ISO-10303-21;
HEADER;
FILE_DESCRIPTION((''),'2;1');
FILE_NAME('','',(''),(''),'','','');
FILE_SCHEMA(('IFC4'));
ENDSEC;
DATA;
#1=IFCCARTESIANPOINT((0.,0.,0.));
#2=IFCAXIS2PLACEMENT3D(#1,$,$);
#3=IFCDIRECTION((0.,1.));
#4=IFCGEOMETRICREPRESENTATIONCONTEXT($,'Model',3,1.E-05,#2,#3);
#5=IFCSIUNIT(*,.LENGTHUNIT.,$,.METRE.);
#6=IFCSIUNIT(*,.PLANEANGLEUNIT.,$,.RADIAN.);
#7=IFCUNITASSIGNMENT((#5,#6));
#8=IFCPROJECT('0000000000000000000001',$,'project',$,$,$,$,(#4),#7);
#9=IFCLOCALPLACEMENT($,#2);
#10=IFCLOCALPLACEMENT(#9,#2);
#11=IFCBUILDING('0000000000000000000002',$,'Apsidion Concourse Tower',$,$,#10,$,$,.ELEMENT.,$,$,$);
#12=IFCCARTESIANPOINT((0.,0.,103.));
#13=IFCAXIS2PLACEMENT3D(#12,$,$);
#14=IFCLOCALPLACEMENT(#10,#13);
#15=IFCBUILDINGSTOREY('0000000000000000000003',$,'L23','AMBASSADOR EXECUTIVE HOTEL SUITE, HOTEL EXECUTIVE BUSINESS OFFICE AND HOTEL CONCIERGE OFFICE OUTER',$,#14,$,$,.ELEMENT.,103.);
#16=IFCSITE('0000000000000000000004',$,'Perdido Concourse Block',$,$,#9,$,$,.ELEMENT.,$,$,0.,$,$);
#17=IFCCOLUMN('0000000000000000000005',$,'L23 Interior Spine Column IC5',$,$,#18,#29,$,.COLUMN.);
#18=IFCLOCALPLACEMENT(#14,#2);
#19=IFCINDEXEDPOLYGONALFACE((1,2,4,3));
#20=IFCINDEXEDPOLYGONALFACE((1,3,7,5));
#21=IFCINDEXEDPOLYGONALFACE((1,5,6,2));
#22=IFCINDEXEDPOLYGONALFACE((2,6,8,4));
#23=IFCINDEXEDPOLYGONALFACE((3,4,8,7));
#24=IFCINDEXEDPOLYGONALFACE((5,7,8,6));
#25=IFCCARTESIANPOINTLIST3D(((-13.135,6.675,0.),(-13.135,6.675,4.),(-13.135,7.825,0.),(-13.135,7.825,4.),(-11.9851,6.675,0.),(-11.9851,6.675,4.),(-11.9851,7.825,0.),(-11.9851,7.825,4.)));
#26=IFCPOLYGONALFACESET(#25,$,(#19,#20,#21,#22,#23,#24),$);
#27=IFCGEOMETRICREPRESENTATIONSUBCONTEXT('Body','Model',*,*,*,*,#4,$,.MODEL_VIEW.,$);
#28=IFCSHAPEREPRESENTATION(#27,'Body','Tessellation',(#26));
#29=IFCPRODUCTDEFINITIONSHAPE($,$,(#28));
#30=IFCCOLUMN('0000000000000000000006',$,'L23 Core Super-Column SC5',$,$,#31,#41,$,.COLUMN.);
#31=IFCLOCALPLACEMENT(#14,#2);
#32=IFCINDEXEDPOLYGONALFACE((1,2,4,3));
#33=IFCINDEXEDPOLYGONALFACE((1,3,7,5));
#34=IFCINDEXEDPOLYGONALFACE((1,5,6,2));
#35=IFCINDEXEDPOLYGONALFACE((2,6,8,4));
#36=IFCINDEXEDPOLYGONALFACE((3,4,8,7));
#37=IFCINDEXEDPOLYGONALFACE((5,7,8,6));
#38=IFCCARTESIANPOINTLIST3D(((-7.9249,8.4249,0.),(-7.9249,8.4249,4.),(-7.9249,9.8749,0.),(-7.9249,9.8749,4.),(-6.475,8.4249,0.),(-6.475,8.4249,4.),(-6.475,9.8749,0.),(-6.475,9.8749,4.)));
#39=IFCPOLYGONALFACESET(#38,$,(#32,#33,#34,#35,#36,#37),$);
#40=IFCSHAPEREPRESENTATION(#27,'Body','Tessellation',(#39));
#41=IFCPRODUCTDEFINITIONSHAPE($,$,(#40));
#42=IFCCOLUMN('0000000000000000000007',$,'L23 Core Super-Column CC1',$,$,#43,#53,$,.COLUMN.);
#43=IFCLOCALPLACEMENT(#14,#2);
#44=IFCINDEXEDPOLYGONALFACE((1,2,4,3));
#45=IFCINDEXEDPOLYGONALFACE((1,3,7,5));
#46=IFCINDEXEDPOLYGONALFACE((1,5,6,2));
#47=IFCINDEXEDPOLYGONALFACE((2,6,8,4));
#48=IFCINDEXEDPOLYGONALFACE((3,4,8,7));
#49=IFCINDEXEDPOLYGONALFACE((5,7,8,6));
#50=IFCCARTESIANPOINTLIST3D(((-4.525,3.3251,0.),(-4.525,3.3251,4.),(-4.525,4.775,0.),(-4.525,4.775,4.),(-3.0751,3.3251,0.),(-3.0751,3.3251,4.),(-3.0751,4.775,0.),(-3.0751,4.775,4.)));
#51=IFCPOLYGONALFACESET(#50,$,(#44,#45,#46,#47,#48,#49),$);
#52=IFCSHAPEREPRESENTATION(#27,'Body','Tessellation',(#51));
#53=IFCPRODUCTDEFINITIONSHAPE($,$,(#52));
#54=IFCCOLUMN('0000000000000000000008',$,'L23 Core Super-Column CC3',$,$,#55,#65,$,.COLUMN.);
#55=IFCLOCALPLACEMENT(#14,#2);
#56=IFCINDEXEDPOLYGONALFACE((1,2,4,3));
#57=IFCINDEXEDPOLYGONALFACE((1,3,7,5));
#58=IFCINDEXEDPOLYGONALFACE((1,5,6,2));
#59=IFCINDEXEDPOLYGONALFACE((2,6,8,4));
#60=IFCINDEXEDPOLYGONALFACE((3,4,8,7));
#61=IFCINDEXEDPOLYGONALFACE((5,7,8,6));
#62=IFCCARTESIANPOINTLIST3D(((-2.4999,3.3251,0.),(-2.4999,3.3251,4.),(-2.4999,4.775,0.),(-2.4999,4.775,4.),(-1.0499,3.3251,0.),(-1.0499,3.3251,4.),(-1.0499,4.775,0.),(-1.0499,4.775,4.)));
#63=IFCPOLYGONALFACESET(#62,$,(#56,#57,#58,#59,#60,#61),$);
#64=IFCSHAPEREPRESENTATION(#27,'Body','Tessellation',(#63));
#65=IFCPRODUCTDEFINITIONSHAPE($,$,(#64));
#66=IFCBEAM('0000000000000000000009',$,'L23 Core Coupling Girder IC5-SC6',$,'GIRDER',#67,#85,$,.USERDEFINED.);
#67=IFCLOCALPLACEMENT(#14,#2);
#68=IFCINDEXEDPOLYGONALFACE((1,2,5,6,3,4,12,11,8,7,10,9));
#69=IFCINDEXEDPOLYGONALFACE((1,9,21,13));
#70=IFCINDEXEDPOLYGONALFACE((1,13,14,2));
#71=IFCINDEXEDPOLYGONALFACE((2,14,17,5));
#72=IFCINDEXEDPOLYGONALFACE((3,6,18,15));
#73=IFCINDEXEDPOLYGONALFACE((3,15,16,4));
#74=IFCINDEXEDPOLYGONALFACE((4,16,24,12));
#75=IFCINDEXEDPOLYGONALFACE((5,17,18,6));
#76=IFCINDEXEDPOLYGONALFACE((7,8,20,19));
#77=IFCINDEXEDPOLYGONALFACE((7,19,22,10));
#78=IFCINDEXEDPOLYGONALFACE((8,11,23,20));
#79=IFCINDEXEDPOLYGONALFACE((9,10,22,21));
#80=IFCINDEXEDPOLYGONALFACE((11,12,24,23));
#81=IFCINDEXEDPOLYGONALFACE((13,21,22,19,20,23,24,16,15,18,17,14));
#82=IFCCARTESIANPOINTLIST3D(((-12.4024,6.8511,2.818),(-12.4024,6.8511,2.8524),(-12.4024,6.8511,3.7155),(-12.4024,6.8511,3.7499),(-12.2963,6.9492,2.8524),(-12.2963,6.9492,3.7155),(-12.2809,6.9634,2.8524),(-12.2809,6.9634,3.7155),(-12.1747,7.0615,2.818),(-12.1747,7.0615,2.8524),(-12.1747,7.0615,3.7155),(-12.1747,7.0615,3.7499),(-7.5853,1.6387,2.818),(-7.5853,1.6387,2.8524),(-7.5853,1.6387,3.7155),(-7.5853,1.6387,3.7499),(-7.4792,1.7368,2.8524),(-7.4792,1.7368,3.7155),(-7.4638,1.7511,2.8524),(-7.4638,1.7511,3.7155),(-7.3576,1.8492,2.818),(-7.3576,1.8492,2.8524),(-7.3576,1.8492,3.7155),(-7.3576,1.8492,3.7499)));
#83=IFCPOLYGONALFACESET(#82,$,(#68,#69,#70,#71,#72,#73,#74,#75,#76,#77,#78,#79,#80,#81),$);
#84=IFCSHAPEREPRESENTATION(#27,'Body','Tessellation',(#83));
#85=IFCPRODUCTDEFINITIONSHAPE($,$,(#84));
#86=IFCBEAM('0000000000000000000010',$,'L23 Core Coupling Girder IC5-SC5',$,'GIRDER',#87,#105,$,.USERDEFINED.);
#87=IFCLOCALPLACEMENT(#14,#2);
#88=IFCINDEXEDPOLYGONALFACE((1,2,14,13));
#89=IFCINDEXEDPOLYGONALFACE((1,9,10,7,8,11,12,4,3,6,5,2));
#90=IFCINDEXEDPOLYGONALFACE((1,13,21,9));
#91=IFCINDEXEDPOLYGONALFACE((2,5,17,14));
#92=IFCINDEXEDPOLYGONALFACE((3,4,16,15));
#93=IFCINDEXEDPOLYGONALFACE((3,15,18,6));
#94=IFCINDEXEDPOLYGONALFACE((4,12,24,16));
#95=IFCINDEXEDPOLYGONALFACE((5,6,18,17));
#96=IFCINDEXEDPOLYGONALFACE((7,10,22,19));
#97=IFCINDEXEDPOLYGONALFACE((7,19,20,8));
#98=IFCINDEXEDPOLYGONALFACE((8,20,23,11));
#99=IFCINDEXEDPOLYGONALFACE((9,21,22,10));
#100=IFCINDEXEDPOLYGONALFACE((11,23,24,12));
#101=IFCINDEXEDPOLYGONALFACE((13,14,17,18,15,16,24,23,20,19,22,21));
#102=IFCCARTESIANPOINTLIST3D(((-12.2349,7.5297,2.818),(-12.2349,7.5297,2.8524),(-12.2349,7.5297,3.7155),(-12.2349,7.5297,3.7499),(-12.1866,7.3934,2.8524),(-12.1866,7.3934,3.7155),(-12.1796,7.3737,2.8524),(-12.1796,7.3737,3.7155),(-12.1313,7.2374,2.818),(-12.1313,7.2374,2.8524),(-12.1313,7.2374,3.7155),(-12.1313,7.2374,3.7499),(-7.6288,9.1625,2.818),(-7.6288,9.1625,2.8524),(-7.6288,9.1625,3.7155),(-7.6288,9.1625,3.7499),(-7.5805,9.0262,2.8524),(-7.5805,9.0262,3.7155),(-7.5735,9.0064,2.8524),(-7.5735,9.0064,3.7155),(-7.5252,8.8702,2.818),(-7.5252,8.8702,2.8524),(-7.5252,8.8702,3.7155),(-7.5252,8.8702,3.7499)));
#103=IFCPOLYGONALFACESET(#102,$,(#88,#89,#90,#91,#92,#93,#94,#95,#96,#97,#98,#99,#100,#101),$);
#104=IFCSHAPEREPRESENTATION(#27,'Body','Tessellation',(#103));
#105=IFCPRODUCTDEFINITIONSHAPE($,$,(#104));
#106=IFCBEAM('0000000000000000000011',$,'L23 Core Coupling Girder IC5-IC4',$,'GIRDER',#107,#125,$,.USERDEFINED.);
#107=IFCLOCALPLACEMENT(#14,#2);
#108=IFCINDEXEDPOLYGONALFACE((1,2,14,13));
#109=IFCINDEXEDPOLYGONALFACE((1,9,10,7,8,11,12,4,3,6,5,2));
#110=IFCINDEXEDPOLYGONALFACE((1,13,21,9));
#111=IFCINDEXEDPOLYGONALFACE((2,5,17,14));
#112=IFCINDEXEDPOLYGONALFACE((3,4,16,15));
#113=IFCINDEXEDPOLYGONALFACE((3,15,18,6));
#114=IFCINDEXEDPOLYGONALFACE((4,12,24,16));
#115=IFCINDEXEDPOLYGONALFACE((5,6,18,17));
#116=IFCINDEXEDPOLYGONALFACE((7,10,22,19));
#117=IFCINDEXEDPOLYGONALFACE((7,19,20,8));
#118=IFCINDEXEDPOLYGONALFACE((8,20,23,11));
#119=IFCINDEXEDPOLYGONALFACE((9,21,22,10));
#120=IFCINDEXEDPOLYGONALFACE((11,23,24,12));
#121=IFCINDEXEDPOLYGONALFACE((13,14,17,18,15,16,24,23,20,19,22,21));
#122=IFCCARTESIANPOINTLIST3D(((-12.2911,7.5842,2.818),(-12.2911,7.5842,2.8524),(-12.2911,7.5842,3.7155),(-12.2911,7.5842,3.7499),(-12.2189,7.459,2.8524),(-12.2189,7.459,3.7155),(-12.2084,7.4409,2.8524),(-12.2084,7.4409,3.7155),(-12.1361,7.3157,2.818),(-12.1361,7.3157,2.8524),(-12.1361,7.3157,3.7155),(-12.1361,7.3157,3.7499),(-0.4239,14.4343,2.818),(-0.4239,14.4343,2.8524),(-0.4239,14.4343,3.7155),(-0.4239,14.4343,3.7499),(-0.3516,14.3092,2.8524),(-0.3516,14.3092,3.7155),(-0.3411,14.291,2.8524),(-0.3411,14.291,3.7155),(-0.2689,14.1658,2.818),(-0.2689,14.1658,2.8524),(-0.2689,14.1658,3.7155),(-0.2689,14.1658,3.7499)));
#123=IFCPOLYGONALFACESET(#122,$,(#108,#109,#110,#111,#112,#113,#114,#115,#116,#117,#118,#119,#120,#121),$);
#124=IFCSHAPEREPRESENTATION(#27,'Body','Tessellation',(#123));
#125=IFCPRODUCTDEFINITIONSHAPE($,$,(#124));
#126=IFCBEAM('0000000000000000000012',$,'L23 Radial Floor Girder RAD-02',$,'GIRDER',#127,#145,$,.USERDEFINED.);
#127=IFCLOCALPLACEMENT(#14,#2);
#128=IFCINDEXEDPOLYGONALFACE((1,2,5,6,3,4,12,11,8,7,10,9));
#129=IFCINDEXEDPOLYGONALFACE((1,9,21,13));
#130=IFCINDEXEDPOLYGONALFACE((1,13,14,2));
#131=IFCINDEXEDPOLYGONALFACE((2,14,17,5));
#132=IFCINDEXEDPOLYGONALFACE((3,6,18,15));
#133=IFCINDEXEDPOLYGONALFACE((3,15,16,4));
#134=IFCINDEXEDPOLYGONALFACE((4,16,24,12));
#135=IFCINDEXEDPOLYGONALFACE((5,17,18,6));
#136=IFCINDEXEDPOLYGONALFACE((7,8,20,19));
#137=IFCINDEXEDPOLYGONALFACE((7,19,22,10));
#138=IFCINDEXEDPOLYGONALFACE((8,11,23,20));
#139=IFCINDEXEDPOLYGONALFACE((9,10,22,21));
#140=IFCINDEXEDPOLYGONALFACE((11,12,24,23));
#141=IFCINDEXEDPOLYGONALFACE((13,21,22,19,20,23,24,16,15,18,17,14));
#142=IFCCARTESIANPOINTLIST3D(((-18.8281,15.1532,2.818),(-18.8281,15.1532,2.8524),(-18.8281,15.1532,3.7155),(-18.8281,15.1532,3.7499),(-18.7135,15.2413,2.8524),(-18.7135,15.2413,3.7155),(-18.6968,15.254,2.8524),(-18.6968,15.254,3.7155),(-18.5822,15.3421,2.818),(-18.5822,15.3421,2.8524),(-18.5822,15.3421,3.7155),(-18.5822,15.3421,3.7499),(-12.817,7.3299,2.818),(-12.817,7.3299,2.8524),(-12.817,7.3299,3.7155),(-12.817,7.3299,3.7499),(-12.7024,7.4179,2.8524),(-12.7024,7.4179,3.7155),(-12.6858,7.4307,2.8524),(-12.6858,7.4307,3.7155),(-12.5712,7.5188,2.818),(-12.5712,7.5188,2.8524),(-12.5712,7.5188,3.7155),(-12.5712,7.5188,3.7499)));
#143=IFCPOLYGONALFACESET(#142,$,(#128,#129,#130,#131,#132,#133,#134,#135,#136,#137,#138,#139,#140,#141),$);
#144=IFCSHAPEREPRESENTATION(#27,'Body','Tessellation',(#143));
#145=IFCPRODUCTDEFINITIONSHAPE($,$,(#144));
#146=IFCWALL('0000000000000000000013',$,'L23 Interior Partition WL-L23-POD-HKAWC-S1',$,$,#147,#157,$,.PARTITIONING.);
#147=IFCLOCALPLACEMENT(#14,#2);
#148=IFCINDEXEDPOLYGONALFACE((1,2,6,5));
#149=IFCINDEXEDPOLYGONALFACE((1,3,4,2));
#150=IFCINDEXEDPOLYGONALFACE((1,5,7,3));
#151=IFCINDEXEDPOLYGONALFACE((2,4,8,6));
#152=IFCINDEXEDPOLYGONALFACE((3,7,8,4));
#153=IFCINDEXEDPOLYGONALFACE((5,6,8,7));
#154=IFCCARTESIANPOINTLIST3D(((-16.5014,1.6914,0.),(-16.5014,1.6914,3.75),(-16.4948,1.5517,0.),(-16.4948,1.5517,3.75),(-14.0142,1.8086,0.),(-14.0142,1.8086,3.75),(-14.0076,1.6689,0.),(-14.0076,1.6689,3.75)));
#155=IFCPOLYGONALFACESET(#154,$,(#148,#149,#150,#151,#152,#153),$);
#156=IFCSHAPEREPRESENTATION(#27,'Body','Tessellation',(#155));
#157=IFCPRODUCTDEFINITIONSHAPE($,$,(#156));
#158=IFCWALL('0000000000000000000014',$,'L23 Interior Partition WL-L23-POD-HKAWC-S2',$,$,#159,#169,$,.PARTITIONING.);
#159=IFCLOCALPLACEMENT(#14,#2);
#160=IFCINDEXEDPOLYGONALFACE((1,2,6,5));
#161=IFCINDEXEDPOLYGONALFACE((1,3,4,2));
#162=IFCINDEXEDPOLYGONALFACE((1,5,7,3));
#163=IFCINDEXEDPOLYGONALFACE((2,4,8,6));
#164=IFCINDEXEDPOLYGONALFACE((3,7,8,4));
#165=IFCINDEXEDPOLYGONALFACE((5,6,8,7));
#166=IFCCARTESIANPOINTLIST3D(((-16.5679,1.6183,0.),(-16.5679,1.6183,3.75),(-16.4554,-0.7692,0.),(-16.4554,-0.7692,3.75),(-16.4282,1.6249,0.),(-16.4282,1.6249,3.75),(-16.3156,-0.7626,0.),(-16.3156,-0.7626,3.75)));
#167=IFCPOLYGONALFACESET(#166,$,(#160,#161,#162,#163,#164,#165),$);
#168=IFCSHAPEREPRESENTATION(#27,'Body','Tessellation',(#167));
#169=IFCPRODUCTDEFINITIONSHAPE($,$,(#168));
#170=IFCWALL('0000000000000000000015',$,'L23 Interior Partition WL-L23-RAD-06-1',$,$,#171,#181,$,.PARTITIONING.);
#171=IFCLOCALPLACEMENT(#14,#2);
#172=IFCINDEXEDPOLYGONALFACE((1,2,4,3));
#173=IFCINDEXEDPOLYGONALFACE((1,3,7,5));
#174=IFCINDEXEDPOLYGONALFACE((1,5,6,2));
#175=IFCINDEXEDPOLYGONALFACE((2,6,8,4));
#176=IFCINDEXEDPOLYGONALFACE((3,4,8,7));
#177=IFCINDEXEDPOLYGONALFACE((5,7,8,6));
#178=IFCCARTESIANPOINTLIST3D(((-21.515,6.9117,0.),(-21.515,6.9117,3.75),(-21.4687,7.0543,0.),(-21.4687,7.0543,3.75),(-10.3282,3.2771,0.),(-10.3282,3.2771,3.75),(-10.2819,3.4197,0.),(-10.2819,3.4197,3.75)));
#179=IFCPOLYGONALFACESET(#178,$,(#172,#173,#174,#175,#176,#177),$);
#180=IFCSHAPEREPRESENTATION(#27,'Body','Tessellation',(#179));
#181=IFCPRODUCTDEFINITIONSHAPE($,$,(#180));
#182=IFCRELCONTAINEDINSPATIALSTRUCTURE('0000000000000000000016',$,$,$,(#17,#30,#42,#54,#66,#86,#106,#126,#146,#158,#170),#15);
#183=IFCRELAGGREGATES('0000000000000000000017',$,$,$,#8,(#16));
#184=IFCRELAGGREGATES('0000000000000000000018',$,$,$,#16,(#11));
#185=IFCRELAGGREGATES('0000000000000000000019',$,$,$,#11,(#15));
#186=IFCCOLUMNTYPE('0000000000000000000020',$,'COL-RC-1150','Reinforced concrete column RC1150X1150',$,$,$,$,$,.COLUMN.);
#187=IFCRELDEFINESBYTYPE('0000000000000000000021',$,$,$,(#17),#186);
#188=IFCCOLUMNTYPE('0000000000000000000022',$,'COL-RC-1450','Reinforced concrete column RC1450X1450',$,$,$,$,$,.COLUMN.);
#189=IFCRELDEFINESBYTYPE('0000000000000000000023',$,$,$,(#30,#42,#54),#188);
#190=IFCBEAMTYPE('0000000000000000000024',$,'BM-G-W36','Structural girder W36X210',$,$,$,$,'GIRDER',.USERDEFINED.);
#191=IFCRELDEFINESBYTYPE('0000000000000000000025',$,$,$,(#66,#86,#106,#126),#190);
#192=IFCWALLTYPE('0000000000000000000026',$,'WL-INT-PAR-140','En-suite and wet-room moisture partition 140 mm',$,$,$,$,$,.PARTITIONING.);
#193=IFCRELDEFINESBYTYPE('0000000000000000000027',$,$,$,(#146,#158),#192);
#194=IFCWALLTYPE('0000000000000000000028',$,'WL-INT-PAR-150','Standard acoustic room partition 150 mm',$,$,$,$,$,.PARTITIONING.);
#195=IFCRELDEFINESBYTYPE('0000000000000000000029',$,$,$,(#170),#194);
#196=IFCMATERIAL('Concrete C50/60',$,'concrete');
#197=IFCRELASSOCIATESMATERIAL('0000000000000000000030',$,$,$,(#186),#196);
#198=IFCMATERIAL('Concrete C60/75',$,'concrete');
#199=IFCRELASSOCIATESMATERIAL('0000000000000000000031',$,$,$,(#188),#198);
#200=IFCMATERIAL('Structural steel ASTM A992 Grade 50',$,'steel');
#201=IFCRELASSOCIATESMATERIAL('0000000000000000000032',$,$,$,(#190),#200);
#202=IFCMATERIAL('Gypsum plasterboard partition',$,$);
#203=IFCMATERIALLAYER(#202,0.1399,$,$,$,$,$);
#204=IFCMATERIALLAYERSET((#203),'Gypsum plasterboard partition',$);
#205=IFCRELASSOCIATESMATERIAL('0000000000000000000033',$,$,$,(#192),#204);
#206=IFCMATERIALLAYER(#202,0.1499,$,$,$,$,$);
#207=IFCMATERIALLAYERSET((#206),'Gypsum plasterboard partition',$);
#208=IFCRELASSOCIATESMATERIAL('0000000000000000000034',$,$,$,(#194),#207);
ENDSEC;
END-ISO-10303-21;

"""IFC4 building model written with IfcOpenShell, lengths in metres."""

from ifc_helpers import new_model, si_unit, direction, frame, frame_2d, origin, origin_2d, place, context, subcontext, project, spatial, rectangle, i_section, extrude, material, layer, layer_set, material_profile, profile_set, type_object, element, save


model = new_model("IFC4")

# Units and contexts
model_context = context("Model", 3, precision=1e-05, world=origin(), true_north=direction((0.0, 1.0)))
body_context = subcontext(model_context, "Body", "Model", "MODEL_VIEW")
ifc_project = project(units=[si_unit("LENGTHUNIT", "METRE"), si_unit("PLANEANGLEUNIT", "RADIAN")], contexts=[model_context])

# Site, building, storey
site_placement = place(None, origin())
site = spatial("IfcSite", under=ifc_project, at=site_placement, Name="Perdido Concourse Block", CompositionType="ELEMENT", RefElevation=0.0)
building_placement = place(site_placement, origin())
building = spatial("IfcBuilding", under=site, at=building_placement, Name="Apsidion Concourse Tower", CompositionType="ELEMENT")
storey_placement = place(building_placement, frame((0.0, 0.0, 103.0)))
storey = spatial("IfcBuildingStorey", under=building, at=storey_placement, Name="L23", Description="AMBASSADOR EXECUTIVE HOTEL SUITE, HOTEL EXECUTIVE BUSINESS OFFICE AND HOTEL CONCIERGE OFFICE OUTER", CompositionType="ELEMENT", Elevation=103.0)

# Columns
ifc_material_1 = material(Name="Concrete C50/60", Category="concrete")
ifc_material_profile_1 = material_profile(ifc_material_1, rectangle(XDim=1.1499, YDim=1.1499, at=origin_2d()), Name="RC 1150x1150")
ifc_profile_set_1 = profile_set([ifc_material_profile_1], Name="Concrete C50/60")
column_type_1 = type_object("IfcColumnType", Name="COL-RC-1150", Description="Reinforced concrete column RC1150X1150", PredefinedType="COLUMN", material=ifc_profile_set_1)
column_placement = place(storey_placement, frame((-12.5601, 7.25, 0.0), z_axis=(0.0, 0.0, 1.0), x_axis=(1.0, 0.0, 0.0)))
element("IfcColumn", 1, at=column_placement, inside=storey, type_object=column_type_1, Name="L23 Interior Spine Column IC5", PredefinedType="COLUMN", context=body_context, shape_type="SweptSolid", body=[
    extrude(rectangle(XDim=1.1499, YDim=1.1499, at=origin_2d()), origin(), (0.0, 0.0, 1.0), 4.0),
])
ifc_material_2 = material(Name="Concrete C60/75", Category="concrete")
ifc_material_profile_2 = material_profile(ifc_material_2, rectangle(XDim=1.45, YDim=1.45, at=origin_2d()), Name="RC 1450x1450")
ifc_profile_set_2 = profile_set([ifc_material_profile_2], Name="Concrete C60/75")
column_type_2 = type_object("IfcColumnType", Name="COL-RC-1450", Description="Reinforced concrete column RC1450X1450", PredefinedType="COLUMN", material=ifc_profile_set_2)
for number, where, z_axis, x_axis, name in (
    (2, (-7.2, 9.1499, 0.0), (0.0, 0.0, 1.0), (1.0, 0.0, 0.0), "L23 Core Super-Column SC5"),
    (3, (-3.8, 4.05, 0.0), (0.0, 0.0, 1.0), (1.0, 0.0, 0.0), "L23 Core Super-Column CC1"),
    (4, (-1.7749, 4.05, 0.0), (0.0, 0.0, 1.0), (1.0, 0.0, 0.0), "L23 Core Super-Column CC3"),
):
    element("IfcColumn", number, at=place(storey_placement, frame(where, z_axis=z_axis, x_axis=x_axis)), inside=storey, type_object=column_type_2, Name=name, PredefinedType="COLUMN", context=body_context, shape_type="SweptSolid", body=[
        extrude(rectangle(XDim=1.45, YDim=1.45, at=origin_2d()), origin(), (0.0, 0.0, 1.0), 4.0),
    ])

# Beams
ifc_material_3 = material(Name="Structural steel ASTM A992 Grade 50", Category="steel")
ifc_material_profile_3 = material_profile(ifc_material_3, i_section(OverallWidth=0.3101, OverallDepth=0.9319, WebThickness=0.021, FlangeThickness=0.0344, at=origin_2d()), Name="W36X210")
ifc_profile_set_3 = profile_set([ifc_material_profile_3], Name="Structural steel ASTM A992 Grade 50")
beam_type = type_object("IfcBeamType", Name="BM-G-W36", Description="Structural girder W36X210", ElementType="GIRDER", PredefinedType="USERDEFINED", material=ifc_profile_set_3)
beam_1_placement = place(storey_placement, frame((-12.2886, 6.9563, 3.2839), z_axis=(0.678713, -0.734404, 0.0), x_axis=(0.734404, 0.678713, 0.0)))
element("IfcBeam", 5, at=beam_1_placement, inside=storey, type_object=beam_type, Name="L23 Core Coupling Girder IC5-SC6", ObjectType="GIRDER", PredefinedType="USERDEFINED", context=body_context, shape_type="SweptSolid", body=[
    extrude(i_section(OverallWidth=0.3101, OverallDepth=0.9319, WebThickness=0.021, FlangeThickness=0.0344, at=origin_2d()), origin(), (0.0, 0.0, 1.0), 7.0974),
])
beam_2_placement = place(storey_placement, frame((-12.1831, 7.3835, 3.2839), z_axis=(0.942534, 0.334111, 0.0), x_axis=(-0.334111, 0.942534, 0.0)))
element("IfcBeam", 6, at=beam_2_placement, inside=storey, type_object=beam_type, Name="L23 Core Coupling Girder IC5-SC5", ObjectType="GIRDER", PredefinedType="USERDEFINED", context=body_context, shape_type="SweptSolid", body=[
    extrude(i_section(OverallWidth=0.3101, OverallDepth=0.9319, WebThickness=0.021, FlangeThickness=0.0344, at=origin_2d()), origin(), (0.0, 0.0, 1.0), 4.887),
])
beam_3_placement = place(storey_placement, frame((-12.2136, 7.45, 3.2839), z_axis=(0.86607, 0.499922, 0.0), x_axis=(-0.499922, 0.86607, 0.0)))
element("IfcBeam", 7, at=beam_3_placement, inside=storey, type_object=beam_type, Name="L23 Core Coupling Girder IC5-IC4", ObjectType="GIRDER", PredefinedType="USERDEFINED", context=body_context, shape_type="SweptSolid", body=[
    extrude(i_section(OverallWidth=0.3101, OverallDepth=0.9319, WebThickness=0.021, FlangeThickness=0.0344, at=origin_2d()), origin(), (0.0, 0.0, 1.0), 13.7024),
])
beam_4_placement = place(storey_placement, frame((-12.6941, 7.4243, 3.2839), z_axis=(-0.609272, 0.792961, 0.0), x_axis=(-0.792961, -0.609272, 0.0)))
element("IfcBeam", 8, at=beam_4_placement, inside=storey, type_object=beam_type, Name="L23 Radial Floor Girder RAD-02", ObjectType="GIRDER", PredefinedType="USERDEFINED", context=body_context, shape_type="SweptSolid", body=[
    extrude(i_section(OverallWidth=0.3101, OverallDepth=0.9319, WebThickness=0.021, FlangeThickness=0.0344, at=origin_2d()), origin(), (0.0, 0.0, 1.0), 9.866),
])

# Walls
ifc_material_4 = material(Name="Gypsum plasterboard partition")
ifc_layer_1 = layer(ifc_material_4, 0.1399)
ifc_layer_set_1 = layer_set([ifc_layer_1], Name="Gypsum plasterboard partition")
wall_type_1 = type_object("IfcWallType", Name="WL-INT-PAR-140", Description="En-suite and wet-room moisture partition 140 mm", PredefinedType="PARTITIONING", material=ifc_layer_set_1)
wall_1_placement = place(storey_placement, frame((-14.0107, 1.7388, 0.0), z_axis=(0.0, 0.0, 1.0), x_axis=(-0.998892, -0.047062, 0.0)))
element("IfcWall", 9, at=wall_1_placement, inside=storey, type_object=wall_type_1, Name="L23 Interior Partition WL-L23-POD-HKAWC-S1", PredefinedType="PARTITIONING", context=body_context, shape_type="SweptSolid", body=[
    extrude(rectangle(XDim=2.49, YDim=0.1399, at=frame_2d((1.2451, 0.0))), origin(), (0.0, 0.0, 1.0), 3.75),
])
wall_2_placement = place(storey_placement, frame((-16.498, 1.6216, 0.0), z_axis=(0.0, 0.0, 1.0), x_axis=(0.04709, -0.998891, 0.0)))
element("IfcWall", 10, at=wall_2_placement, inside=storey, type_object=wall_type_1, Name="L23 Interior Partition WL-L23-POD-HKAWC-S2", PredefinedType="PARTITIONING", context=body_context, shape_type="SweptSolid", body=[
    extrude(rectangle(XDim=2.3901, YDim=0.1399, at=frame_2d((1.1951, 0.0))), origin(), (0.0, 0.0, 1.0), 3.75),
])
ifc_layer_2 = layer(ifc_material_4, 0.1499)
ifc_layer_set_2 = layer_set([ifc_layer_2], Name="Gypsum plasterboard partition")
wall_type_2 = type_object("IfcWallType", Name="WL-INT-PAR-150", Description="Standard acoustic room partition 150 mm", PredefinedType="PARTITIONING", material=ifc_layer_set_2)
wall_3_placement = place(storey_placement, frame((-10.3049, 3.3484, 0.0), z_axis=(0.0, 0.0, 1.0), x_axis=(-0.951064, 0.308995, 0.0)))
element("IfcWall", 11, at=wall_3_placement, inside=storey, type_object=wall_type_2, Name="L23 Interior Partition WL-L23-RAD-06-1", PredefinedType="PARTITIONING", context=body_context, shape_type="SweptSolid", body=[
    extrude(rectangle(XDim=11.7625, YDim=0.1499, at=frame_2d((5.8813, 0.0))), origin(), (0.0, 0.0, 1.0), 3.75),
])

save(model, "model.ifc")
